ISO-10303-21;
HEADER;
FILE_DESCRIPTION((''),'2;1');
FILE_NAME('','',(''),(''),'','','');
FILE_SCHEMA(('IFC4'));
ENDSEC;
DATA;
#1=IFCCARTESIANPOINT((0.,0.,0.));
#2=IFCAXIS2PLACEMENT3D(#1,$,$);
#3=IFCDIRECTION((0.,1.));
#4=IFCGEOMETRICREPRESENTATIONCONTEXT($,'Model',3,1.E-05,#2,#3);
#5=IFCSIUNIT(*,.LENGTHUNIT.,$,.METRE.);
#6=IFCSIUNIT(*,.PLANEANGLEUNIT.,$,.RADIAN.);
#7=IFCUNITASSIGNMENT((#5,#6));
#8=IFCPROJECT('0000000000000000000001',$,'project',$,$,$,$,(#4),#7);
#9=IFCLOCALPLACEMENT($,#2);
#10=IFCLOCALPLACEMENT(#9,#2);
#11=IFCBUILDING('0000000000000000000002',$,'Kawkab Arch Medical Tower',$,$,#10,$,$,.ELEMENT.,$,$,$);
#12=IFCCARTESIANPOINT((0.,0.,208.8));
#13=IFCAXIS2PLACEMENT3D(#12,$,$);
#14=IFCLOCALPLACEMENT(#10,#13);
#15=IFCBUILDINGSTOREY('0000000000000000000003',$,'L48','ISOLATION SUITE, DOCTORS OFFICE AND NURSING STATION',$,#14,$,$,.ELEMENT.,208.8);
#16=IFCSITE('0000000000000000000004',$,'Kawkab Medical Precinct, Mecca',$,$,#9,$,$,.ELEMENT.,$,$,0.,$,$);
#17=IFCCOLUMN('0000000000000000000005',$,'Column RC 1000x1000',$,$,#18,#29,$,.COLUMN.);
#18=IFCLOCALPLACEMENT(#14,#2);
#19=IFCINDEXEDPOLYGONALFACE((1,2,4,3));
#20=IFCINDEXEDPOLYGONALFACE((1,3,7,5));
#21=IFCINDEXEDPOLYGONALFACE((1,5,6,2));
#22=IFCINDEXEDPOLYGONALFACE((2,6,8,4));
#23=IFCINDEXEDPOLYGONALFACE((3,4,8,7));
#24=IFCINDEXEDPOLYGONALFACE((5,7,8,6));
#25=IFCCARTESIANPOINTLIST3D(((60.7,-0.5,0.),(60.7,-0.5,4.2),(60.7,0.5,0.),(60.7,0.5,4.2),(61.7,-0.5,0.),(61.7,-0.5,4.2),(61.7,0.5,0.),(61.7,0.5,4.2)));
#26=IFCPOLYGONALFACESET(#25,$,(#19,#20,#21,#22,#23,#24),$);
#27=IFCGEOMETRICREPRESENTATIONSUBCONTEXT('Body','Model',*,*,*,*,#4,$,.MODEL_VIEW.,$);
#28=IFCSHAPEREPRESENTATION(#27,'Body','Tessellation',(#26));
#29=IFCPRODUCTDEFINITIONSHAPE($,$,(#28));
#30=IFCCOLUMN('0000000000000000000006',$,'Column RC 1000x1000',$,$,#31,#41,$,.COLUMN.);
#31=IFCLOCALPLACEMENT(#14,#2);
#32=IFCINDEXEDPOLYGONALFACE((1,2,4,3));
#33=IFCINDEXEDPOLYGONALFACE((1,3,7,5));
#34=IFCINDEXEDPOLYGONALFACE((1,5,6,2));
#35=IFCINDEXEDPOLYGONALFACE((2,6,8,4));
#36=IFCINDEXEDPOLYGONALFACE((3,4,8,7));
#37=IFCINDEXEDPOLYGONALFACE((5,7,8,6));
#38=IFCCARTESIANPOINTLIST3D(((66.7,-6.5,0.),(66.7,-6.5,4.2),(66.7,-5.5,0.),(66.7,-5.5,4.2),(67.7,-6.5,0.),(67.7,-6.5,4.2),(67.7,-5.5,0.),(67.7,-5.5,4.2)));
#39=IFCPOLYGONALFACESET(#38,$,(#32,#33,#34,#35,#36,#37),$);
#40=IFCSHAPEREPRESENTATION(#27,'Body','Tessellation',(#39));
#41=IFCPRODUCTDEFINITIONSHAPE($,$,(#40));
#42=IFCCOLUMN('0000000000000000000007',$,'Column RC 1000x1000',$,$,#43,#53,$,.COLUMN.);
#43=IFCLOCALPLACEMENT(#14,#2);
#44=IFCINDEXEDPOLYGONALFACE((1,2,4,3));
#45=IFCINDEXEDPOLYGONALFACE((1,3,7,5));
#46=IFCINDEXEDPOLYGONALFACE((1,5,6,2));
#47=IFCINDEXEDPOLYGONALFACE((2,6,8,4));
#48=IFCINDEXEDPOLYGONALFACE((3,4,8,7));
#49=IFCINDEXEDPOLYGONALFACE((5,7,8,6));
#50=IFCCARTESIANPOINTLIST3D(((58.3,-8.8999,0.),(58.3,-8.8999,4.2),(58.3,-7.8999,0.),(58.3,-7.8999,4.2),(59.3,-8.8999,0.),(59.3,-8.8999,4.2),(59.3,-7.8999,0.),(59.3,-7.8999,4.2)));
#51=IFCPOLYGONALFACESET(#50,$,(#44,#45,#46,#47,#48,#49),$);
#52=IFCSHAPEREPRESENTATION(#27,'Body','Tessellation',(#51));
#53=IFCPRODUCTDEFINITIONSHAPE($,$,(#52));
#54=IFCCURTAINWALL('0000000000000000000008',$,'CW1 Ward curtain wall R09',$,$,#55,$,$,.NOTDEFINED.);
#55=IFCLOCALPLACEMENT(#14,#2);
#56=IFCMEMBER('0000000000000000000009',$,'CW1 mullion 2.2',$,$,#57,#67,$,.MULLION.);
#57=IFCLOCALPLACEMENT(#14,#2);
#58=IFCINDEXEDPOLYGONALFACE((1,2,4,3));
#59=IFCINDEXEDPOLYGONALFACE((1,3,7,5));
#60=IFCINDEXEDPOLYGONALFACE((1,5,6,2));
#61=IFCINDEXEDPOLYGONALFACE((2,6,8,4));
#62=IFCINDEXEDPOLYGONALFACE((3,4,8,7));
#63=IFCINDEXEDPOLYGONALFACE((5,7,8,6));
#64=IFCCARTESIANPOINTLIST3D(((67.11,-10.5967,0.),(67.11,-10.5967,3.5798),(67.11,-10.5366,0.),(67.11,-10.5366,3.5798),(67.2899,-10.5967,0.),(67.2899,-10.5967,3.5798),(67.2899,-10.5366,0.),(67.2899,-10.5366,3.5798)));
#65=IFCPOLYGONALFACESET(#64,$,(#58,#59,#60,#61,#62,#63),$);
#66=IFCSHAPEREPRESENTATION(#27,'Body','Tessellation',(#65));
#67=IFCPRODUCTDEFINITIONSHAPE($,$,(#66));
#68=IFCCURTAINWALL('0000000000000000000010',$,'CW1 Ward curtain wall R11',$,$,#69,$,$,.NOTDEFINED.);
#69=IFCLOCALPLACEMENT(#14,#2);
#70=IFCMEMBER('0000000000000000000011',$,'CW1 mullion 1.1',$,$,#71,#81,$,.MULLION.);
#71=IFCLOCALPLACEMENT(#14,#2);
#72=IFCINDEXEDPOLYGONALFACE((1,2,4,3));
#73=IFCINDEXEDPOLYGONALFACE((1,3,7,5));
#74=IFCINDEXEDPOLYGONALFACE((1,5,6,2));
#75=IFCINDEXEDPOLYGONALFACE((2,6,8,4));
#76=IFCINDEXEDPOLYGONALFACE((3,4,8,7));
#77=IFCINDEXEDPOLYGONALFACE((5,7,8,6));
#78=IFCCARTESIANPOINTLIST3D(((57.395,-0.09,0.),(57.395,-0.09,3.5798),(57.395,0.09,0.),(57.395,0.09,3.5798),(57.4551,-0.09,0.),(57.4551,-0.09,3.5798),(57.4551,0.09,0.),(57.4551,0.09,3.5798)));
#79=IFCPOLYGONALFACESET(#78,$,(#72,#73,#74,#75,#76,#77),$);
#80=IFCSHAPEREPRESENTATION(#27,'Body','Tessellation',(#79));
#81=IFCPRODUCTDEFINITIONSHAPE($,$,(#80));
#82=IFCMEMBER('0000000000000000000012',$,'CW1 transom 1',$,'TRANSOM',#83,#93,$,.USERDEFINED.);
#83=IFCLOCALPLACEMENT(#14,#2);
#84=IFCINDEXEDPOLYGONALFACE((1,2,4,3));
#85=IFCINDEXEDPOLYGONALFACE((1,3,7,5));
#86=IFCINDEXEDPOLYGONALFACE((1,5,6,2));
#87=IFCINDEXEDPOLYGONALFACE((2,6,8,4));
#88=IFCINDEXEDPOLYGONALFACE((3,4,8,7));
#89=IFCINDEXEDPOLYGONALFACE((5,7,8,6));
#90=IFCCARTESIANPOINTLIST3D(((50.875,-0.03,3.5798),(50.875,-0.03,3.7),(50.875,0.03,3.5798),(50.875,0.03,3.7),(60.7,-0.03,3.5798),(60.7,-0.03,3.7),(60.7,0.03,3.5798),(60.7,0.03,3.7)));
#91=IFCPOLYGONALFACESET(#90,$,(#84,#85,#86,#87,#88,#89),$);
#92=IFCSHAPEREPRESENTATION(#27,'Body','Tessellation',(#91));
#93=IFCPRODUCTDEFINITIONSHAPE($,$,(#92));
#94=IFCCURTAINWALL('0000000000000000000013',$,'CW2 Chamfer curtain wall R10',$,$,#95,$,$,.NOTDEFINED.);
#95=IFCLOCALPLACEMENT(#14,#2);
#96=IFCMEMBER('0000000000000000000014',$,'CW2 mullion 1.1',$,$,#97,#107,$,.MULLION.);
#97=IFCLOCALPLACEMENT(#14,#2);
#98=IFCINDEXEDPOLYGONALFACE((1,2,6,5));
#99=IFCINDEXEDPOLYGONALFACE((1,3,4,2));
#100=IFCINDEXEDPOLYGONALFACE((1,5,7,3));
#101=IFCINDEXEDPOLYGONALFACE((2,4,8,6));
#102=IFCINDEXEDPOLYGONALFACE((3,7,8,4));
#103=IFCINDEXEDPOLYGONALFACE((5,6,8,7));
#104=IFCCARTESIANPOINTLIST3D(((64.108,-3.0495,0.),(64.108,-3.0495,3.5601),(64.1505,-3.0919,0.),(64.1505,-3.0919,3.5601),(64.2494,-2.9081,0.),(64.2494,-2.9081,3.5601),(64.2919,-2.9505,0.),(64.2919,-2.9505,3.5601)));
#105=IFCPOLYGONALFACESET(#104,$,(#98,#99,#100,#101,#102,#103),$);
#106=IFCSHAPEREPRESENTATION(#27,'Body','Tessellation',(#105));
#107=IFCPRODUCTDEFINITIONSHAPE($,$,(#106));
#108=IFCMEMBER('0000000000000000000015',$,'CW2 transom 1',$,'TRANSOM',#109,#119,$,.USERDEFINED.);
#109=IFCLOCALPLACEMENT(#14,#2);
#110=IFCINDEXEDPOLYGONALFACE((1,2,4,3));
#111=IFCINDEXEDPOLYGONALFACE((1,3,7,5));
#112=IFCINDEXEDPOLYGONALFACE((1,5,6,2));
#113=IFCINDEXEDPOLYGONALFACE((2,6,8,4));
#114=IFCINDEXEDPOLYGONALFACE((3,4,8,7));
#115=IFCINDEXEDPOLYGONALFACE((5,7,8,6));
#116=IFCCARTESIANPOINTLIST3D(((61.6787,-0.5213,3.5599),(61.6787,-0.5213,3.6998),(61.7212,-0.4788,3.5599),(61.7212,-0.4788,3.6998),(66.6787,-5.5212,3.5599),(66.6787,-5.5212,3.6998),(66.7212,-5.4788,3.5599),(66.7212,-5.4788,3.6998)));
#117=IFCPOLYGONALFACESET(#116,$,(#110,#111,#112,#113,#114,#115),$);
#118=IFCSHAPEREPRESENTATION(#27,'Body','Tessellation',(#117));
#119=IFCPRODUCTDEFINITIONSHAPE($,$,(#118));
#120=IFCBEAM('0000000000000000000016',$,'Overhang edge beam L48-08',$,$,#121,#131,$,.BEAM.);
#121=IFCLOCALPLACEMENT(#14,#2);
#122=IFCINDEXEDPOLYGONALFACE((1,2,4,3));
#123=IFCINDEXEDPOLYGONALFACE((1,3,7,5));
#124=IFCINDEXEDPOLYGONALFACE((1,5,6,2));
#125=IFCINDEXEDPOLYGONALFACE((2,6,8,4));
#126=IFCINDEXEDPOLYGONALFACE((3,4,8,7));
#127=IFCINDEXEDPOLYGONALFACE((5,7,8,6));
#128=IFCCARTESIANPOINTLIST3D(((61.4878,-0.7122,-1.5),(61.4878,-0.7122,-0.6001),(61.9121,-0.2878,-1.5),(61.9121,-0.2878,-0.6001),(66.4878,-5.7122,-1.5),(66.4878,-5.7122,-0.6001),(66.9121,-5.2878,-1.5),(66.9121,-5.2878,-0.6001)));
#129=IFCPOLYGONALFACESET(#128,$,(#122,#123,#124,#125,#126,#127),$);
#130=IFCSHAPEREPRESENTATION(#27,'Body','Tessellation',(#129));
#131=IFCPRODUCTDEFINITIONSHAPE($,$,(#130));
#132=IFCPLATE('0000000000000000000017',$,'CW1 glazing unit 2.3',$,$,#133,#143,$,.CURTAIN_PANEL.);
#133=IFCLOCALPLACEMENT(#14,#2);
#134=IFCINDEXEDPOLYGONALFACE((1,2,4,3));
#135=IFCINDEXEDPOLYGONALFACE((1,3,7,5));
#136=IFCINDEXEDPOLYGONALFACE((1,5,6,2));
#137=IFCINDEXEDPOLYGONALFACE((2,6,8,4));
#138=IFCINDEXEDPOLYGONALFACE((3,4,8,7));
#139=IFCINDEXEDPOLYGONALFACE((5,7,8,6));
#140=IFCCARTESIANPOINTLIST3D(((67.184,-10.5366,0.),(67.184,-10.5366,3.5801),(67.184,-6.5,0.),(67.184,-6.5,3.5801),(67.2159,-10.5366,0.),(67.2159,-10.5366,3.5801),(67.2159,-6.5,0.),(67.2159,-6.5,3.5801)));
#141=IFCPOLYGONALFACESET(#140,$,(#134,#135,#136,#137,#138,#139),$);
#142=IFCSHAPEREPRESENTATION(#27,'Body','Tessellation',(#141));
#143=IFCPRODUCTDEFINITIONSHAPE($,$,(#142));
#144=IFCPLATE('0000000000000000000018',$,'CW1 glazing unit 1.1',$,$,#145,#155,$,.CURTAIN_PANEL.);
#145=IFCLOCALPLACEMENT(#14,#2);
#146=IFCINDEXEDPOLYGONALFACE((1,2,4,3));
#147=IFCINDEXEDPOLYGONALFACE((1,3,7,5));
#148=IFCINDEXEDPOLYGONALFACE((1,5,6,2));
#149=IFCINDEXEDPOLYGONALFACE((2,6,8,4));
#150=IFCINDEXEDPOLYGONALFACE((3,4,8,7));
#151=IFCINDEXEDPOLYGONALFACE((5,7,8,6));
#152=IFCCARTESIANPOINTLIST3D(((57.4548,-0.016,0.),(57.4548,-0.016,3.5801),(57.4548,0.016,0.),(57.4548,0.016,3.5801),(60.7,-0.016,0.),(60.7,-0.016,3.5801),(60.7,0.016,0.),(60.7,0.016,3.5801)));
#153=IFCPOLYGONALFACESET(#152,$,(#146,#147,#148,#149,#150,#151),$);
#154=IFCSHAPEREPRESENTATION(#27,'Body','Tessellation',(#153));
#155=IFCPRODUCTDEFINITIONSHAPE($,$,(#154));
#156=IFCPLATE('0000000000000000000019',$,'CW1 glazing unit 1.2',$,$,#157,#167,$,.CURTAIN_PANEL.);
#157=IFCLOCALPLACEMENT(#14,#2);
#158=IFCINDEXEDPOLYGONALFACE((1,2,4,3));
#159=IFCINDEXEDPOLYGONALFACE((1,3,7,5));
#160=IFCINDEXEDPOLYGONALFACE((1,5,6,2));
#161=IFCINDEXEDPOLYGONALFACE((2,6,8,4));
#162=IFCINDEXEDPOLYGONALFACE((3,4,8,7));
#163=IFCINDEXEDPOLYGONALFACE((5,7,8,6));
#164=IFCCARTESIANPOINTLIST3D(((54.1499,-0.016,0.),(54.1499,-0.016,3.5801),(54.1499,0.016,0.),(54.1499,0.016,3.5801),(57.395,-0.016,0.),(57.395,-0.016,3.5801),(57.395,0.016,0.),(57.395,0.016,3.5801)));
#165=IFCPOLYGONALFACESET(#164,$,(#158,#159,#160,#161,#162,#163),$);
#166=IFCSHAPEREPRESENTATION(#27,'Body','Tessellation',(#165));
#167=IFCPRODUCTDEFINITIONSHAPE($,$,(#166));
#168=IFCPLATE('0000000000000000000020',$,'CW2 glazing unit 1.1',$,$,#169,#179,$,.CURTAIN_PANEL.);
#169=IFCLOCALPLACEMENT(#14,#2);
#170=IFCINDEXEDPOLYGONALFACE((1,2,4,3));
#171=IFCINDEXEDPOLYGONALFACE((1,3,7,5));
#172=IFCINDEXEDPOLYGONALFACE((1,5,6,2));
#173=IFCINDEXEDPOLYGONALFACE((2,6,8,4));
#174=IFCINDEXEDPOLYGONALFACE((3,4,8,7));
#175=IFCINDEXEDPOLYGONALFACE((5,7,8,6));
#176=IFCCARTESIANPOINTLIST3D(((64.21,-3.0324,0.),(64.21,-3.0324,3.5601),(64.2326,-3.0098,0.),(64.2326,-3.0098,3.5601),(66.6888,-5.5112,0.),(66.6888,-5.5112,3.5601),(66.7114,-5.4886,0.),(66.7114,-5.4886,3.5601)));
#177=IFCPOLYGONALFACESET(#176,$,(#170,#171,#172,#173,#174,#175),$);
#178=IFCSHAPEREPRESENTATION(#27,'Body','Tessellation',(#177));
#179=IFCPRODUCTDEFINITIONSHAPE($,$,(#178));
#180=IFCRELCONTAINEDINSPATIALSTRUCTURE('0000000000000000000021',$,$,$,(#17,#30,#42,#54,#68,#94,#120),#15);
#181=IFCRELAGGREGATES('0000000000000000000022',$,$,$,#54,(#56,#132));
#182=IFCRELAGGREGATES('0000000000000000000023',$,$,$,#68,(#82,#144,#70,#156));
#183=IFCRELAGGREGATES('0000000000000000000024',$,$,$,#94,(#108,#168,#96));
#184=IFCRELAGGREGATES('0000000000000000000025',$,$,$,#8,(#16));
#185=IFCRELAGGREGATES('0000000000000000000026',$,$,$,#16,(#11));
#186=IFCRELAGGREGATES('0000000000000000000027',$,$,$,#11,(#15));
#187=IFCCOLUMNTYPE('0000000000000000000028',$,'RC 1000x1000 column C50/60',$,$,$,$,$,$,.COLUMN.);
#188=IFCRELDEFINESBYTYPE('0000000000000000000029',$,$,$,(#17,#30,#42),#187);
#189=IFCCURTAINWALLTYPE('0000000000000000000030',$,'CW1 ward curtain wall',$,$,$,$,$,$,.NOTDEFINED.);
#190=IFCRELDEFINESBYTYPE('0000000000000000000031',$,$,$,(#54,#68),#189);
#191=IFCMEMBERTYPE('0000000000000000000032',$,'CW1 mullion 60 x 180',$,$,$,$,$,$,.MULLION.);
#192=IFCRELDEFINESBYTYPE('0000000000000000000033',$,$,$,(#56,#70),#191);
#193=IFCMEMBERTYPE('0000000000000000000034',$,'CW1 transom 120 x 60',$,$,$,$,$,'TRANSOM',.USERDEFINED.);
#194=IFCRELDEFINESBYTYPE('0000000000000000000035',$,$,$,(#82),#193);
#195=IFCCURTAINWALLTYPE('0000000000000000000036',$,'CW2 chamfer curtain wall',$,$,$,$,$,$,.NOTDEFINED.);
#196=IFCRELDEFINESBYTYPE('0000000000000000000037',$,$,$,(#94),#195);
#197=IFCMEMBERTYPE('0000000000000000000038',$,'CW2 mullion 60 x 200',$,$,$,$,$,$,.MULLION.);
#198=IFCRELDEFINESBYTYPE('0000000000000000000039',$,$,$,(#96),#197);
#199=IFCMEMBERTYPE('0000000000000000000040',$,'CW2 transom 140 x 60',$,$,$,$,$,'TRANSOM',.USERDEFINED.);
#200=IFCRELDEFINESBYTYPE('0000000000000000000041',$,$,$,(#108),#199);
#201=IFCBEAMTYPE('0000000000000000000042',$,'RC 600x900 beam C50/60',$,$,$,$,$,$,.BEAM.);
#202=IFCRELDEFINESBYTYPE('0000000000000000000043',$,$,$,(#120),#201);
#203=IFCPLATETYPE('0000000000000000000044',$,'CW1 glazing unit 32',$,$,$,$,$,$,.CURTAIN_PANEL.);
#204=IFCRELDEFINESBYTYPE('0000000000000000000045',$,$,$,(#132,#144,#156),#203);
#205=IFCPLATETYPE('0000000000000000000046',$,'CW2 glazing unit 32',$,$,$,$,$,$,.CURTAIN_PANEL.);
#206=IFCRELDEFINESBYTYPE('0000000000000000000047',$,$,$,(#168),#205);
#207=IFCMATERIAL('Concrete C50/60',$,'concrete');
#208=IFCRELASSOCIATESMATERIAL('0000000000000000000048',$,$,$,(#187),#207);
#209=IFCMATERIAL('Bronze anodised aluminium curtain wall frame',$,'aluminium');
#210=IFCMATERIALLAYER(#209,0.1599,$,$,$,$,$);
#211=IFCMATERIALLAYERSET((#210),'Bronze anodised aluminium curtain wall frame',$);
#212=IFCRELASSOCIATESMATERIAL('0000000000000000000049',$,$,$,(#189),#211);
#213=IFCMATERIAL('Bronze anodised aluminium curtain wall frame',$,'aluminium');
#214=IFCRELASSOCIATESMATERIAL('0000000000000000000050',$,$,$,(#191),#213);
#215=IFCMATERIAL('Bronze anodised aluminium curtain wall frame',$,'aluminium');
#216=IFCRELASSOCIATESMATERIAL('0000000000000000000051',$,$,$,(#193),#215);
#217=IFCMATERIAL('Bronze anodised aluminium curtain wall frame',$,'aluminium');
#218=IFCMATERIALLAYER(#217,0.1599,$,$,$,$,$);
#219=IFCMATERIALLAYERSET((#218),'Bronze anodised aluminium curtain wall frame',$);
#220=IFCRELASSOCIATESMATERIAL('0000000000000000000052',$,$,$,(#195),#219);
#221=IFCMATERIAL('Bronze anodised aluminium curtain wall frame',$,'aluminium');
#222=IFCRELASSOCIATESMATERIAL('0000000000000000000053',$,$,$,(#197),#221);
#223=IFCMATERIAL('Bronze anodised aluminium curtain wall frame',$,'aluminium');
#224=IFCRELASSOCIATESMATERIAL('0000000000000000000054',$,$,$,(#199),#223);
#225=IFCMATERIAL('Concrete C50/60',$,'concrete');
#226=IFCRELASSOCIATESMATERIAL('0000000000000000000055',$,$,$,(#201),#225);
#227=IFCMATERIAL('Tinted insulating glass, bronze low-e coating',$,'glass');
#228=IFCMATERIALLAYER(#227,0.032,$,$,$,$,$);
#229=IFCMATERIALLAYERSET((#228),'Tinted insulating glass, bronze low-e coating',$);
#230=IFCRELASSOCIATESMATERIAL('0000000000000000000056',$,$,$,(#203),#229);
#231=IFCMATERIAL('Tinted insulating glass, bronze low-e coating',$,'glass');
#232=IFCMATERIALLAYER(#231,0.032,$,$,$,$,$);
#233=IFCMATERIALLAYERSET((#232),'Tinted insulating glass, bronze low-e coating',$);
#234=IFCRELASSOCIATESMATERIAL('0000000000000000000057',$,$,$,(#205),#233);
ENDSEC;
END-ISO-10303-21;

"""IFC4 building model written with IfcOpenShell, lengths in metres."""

from ifc_helpers import new_model, si_unit, direction, frame, origin, origin_2d, place, context, subcontext, project, spatial, rectangle, extrude, material, layer, layer_set, material_profile, profile_set, type_object, element, aggregate, save


model = new_model("IFC4")

# Units and contexts
model_context = context("Model", 3, precision=1e-05, world=origin(), true_north=direction((0.0, 1.0)))
body_context = subcontext(model_context, "Body", "Model", "MODEL_VIEW")
ifc_project = project(units=[si_unit("LENGTHUNIT", "METRE"), si_unit("PLANEANGLEUNIT", "RADIAN")], contexts=[model_context])

# Site, building, storey
site_placement = place(None, origin())
site = spatial("IfcSite", under=ifc_project, at=site_placement, Name="Kawkab Medical Precinct, Mecca", CompositionType="ELEMENT", RefElevation=0.0)
building_placement = place(site_placement, origin())
building = spatial("IfcBuilding", under=site, at=building_placement, Name="Kawkab Arch Medical Tower", CompositionType="ELEMENT")
storey_placement = place(building_placement, frame((0.0, 0.0, 208.8)))
storey = spatial("IfcBuildingStorey", under=building, at=storey_placement, Name="L48", Description="ISOLATION SUITE, DOCTORS OFFICE AND NURSING STATION", CompositionType="ELEMENT", Elevation=208.8)

# Columns
ifc_material_1 = material(Name="Concrete C50/60", Category="concrete")
ifc_material_profile_1 = material_profile(ifc_material_1, rectangle(XDim=1.0, YDim=1.0, at=origin_2d()), Name="RC 1000x1000")
ifc_profile_set_1 = profile_set([ifc_material_profile_1], Name="Concrete C50/60")
column_type = type_object("IfcColumnType", Name="RC 1000x1000 column C50/60", PredefinedType="COLUMN", material=ifc_profile_set_1)
for number, where, z_axis, x_axis, name in (
    (1, (61.2, 0.0, 0.0), (0.0, 0.0, 1.0), (1.0, 0.0, 0.0), "Column RC 1000x1000"),
    (2, (67.2, -6.0, 0.0), (0.0, 0.0, 1.0), (1.0, 0.0, 0.0), "Column RC 1000x1000"),
    (3, (58.8, -8.3999, 0.0), (0.0, 0.0, 1.0), (1.0, 0.0, 0.0), "Column RC 1000x1000"),
):
    element("IfcColumn", number, at=place(storey_placement, frame(where, z_axis=z_axis, x_axis=x_axis)), inside=storey, type_object=column_type, Name=name, PredefinedType="COLUMN", context=body_context, shape_type="SweptSolid", body=[
        extrude(rectangle(XDim=1.0, YDim=1.0, at=origin_2d()), origin(), (0.0, 0.0, 1.0), 4.2),
    ])

# Curtain wall, member
ifc_material_2 = material(Name="Bronze anodised aluminium curtain wall frame", Category="aluminium")
ifc_layer_1 = layer(ifc_material_2, 0.1599)
ifc_layer_set_1 = layer_set([ifc_layer_1], Name="Bronze anodised aluminium curtain wall frame")
curtain_wall_type_1 = type_object("IfcCurtainWallType", Name="CW1 ward curtain wall", PredefinedType="NOTDEFINED", material=ifc_layer_set_1)
placement = place(storey_placement, origin())
curtain_wall_1 = element("IfcCurtainWall", 4, at=placement, inside=storey, type_object=curtain_wall_type_1, Name="CW1 Ward curtain wall R09", PredefinedType="NOTDEFINED")
ifc_material_3 = material(Name="Bronze anodised aluminium curtain wall frame", Category="aluminium")
ifc_material_profile_2 = material_profile(ifc_material_3, rectangle(XDim=0.1799, YDim=0.0601, at=origin_2d()), Name="AL 60x180")
ifc_profile_set_2 = profile_set([ifc_material_profile_2], Name="Bronze anodised aluminium curtain wall frame")
member_type_1 = type_object("IfcMemberType", Name="CW1 mullion 60 x 180", PredefinedType="MULLION", material=ifc_profile_set_2)
member_1_placement = place(storey_placement, frame((67.2, -10.5667, 0.0), z_axis=(0.0, 0.0, 1.0), x_axis=(-1.0, 0.0, 0.0)))
member_1 = element("IfcMember", 5, at=member_1_placement, type_object=member_type_1, Name="CW1 mullion 2.2", PredefinedType="MULLION", context=body_context, shape_type="SweptSolid", body=[
    extrude(rectangle(XDim=0.1799, YDim=0.0601, at=origin_2d()), origin(), (0.0, 0.0, 1.0), 3.5798),
])

# Curtain walls, members
curtain_wall_2 = element("IfcCurtainWall", 6, at=placement, inside=storey, type_object=curtain_wall_type_1, Name="CW1 Ward curtain wall R11", PredefinedType="NOTDEFINED")
member_2_placement = place(storey_placement, frame((57.425, 0.0, 0.0), z_axis=(0.0, 0.0, 1.0), x_axis=(0.0, -1.0, 0.0)))
member_2 = element("IfcMember", 7, at=member_2_placement, type_object=member_type_1, Name="CW1 mullion 1.1", PredefinedType="MULLION", context=body_context, shape_type="SweptSolid", body=[
    extrude(rectangle(XDim=0.1799, YDim=0.0601, at=origin_2d()), origin(), (0.0, 0.0, 1.0), 3.5798),
])
ifc_material_4 = material(Name="Bronze anodised aluminium curtain wall frame", Category="aluminium")
ifc_material_profile_3 = material_profile(ifc_material_4, rectangle(XDim=0.0601, YDim=0.1201, at=origin_2d()), Name="AL 60x120")
ifc_profile_set_3 = profile_set([ifc_material_profile_3], Name="Bronze anodised aluminium curtain wall frame")
member_type_2 = type_object("IfcMemberType", Name="CW1 transom 120 x 60", ElementType="TRANSOM", PredefinedType="USERDEFINED", material=ifc_profile_set_3)
member_3_placement = place(storey_placement, frame((60.7, 0.0, 3.6399), z_axis=(-1.0, 0.0, 0.0), x_axis=(0.0, -1.0, 0.0)))
member_3 = element("IfcMember", 8, at=member_3_placement, type_object=member_type_2, Name="CW1 transom 1", ObjectType="TRANSOM", PredefinedType="USERDEFINED", context=body_context, shape_type="SweptSolid", body=[
    extrude(rectangle(XDim=0.0601, YDim=0.1201, at=origin_2d()), origin(), (0.0, 0.0, 1.0), 9.825),
])
ifc_material_5 = material(Name="Bronze anodised aluminium curtain wall frame", Category="aluminium")
ifc_layer_2 = layer(ifc_material_5, 0.1599)
ifc_layer_set_2 = layer_set([ifc_layer_2], Name="Bronze anodised aluminium curtain wall frame")
curtain_wall_type_2 = type_object("IfcCurtainWallType", Name="CW2 chamfer curtain wall", PredefinedType="NOTDEFINED", material=ifc_layer_set_2)
curtain_wall_3 = element("IfcCurtainWall", 9, at=placement, inside=storey, type_object=curtain_wall_type_2, Name="CW2 Chamfer curtain wall R10", PredefinedType="NOTDEFINED")
ifc_material_6 = material(Name="Bronze anodised aluminium curtain wall frame", Category="aluminium")
ifc_material_profile_4 = material_profile(ifc_material_6, rectangle(XDim=0.2, YDim=0.0601, at=origin_2d()), Name="AL 60x200")
ifc_profile_set_4 = profile_set([ifc_material_profile_4], Name="Bronze anodised aluminium curtain wall frame")
member_type_3 = type_object("IfcMemberType", Name="CW2 mullion 60 x 200", PredefinedType="MULLION", material=ifc_profile_set_4)
member_4_placement = place(storey_placement, frame((64.2, -3.0, 0.0), z_axis=(0.0, 0.0, 1.0), x_axis=(-0.707107, -0.707107, 0.0)))
member_4 = element("IfcMember", 10, at=member_4_placement, type_object=member_type_3, Name="CW2 mullion 1.1", PredefinedType="MULLION", context=body_context, shape_type="SweptSolid", body=[
    extrude(rectangle(XDim=0.2, YDim=0.0601, at=origin_2d()), origin(), (0.0, 0.0, 1.0), 3.5601),
])
ifc_material_7 = material(Name="Bronze anodised aluminium curtain wall frame", Category="aluminium")
ifc_material_profile_5 = material_profile(ifc_material_7, rectangle(XDim=0.0601, YDim=0.1399, at=origin_2d()), Name="AL 60x140")
ifc_profile_set_5 = profile_set([ifc_material_profile_5], Name="Bronze anodised aluminium curtain wall frame")
member_type_4 = type_object("IfcMemberType", Name="CW2 transom 140 x 60", ElementType="TRANSOM", PredefinedType="USERDEFINED", material=ifc_profile_set_5)
member_5_placement = place(storey_placement, frame((66.7, -5.5, 3.6299), z_axis=(-0.707107, 0.707107, 0.0), x_axis=(-0.707107, -0.707107, 0.0)))
member_5 = element("IfcMember", 11, at=member_5_placement, type_object=member_type_4, Name="CW2 transom 1", ObjectType="TRANSOM", PredefinedType="USERDEFINED", context=body_context, shape_type="SweptSolid", body=[
    extrude(rectangle(XDim=0.0601, YDim=0.1399, at=origin_2d()), origin(), (0.0, 0.0, 1.0), 7.071),
])

# Beam
ifc_material_8 = material(Name="Concrete C50/60", Category="concrete")
ifc_material_profile_6 = material_profile(ifc_material_8, rectangle(XDim=0.6001, YDim=0.8999, at=origin_2d()), Name="RC 600x900")
ifc_profile_set_6 = profile_set([ifc_material_profile_6], Name="Concrete C50/60")
beam_type = type_object("IfcBeamType", Name="RC 600x900 beam C50/60", PredefinedType="BEAM", material=ifc_profile_set_6)
beam_placement = place(storey_placement, frame((61.7, -0.5, -1.05), z_axis=(0.707107, -0.707107, 0.0), x_axis=(0.707107, 0.707107, 0.0)))
element("IfcBeam", 12, at=beam_placement, inside=storey, type_object=beam_type, Name="Overhang edge beam L48-08", PredefinedType="BEAM", context=body_context, shape_type="SweptSolid", body=[
    extrude(rectangle(XDim=0.6001, YDim=0.8999, at=origin_2d()), origin(), (0.0, 0.0, 1.0), 7.071),
])

# Plates
ifc_material_9 = material(Name="Tinted insulating glass, bronze low-e coating", Category="glass")
ifc_layer_3 = layer(ifc_material_9, 0.032)
ifc_layer_set_3 = layer_set([ifc_layer_3], Name="Tinted insulating glass, bronze low-e coating")
plate_type_1 = type_object("IfcPlateType", Name="CW1 glazing unit 32", PredefinedType="CURTAIN_PANEL", material=ifc_layer_set_3)
plate_1_placement = place(storey_placement, frame((67.2, -8.5183, 0.0), z_axis=(0.0, 0.0, 1.0), x_axis=(0.0, 1.0, 0.0)))
plate_1 = element("IfcPlate", 13, at=plate_1_placement, type_object=plate_type_1, Name="CW1 glazing unit 2.3", PredefinedType="CURTAIN_PANEL", context=body_context, shape_type="SweptSolid", body=[
    extrude(rectangle(XDim=4.0366, YDim=0.032, at=origin_2d()), origin(), (0.0, 0.0, 1.0), 3.5801),
])
aggregate(curtain_wall_1, [member_1, plate_1])
plate_2_placement = place(storey_placement, frame((59.0774, 0.0, 0.0), z_axis=(0.0, 0.0, 1.0), x_axis=(-1.0, 0.0, 0.0)))
plate_2 = element("IfcPlate", 14, at=plate_2_placement, type_object=plate_type_1, Name="CW1 glazing unit 1.1", PredefinedType="CURTAIN_PANEL", context=body_context, shape_type="SweptSolid", body=[
    extrude(rectangle(XDim=3.2451, YDim=0.032, at=origin_2d()), origin(), (0.0, 0.0, 1.0), 3.5801),
])
plate_3_placement = place(storey_placement, frame((55.7725, 0.0, 0.0), z_axis=(0.0, 0.0, 1.0), x_axis=(-1.0, 0.0, 0.0)))
plate_3 = element("IfcPlate", 15, at=plate_3_placement, type_object=plate_type_1, Name="CW1 glazing unit 1.2", PredefinedType="CURTAIN_PANEL", context=body_context, shape_type="SweptSolid", body=[
    extrude(rectangle(XDim=3.2451, YDim=0.032, at=origin_2d()), origin(), (0.0, 0.0, 1.0), 3.5801),
])
aggregate(curtain_wall_2, [member_3, plate_2, member_2, plate_3])
ifc_material_10 = material(Name="Tinted insulating glass, bronze low-e coating", Category="glass")
ifc_layer_4 = layer(ifc_material_10, 0.032)
ifc_layer_set_4 = layer_set([ifc_layer_4], Name="Tinted insulating glass, bronze low-e coating")
plate_type_2 = type_object("IfcPlateType", Name="CW2 glazing unit 32", PredefinedType="CURTAIN_PANEL", material=ifc_layer_set_4)
plate_4_placement = place(storey_placement, frame((65.4607, -4.2605, 0.0), z_axis=(0.0, 0.0, 1.0), x_axis=(-0.707107, 0.707107, 0.0)))
plate_4 = element("IfcPlate", 16, at=plate_4_placement, type_object=plate_type_2, Name="CW2 glazing unit 1.1", PredefinedType="CURTAIN_PANEL", context=body_context, shape_type="SweptSolid", body=[
    extrude(rectangle(XDim=3.5056, YDim=0.032, at=origin_2d()), origin(), (0.0, 0.0, 1.0), 3.5601),
])
aggregate(curtain_wall_3, [member_5, plate_4, member_4])

save(model, "model.ifc")
